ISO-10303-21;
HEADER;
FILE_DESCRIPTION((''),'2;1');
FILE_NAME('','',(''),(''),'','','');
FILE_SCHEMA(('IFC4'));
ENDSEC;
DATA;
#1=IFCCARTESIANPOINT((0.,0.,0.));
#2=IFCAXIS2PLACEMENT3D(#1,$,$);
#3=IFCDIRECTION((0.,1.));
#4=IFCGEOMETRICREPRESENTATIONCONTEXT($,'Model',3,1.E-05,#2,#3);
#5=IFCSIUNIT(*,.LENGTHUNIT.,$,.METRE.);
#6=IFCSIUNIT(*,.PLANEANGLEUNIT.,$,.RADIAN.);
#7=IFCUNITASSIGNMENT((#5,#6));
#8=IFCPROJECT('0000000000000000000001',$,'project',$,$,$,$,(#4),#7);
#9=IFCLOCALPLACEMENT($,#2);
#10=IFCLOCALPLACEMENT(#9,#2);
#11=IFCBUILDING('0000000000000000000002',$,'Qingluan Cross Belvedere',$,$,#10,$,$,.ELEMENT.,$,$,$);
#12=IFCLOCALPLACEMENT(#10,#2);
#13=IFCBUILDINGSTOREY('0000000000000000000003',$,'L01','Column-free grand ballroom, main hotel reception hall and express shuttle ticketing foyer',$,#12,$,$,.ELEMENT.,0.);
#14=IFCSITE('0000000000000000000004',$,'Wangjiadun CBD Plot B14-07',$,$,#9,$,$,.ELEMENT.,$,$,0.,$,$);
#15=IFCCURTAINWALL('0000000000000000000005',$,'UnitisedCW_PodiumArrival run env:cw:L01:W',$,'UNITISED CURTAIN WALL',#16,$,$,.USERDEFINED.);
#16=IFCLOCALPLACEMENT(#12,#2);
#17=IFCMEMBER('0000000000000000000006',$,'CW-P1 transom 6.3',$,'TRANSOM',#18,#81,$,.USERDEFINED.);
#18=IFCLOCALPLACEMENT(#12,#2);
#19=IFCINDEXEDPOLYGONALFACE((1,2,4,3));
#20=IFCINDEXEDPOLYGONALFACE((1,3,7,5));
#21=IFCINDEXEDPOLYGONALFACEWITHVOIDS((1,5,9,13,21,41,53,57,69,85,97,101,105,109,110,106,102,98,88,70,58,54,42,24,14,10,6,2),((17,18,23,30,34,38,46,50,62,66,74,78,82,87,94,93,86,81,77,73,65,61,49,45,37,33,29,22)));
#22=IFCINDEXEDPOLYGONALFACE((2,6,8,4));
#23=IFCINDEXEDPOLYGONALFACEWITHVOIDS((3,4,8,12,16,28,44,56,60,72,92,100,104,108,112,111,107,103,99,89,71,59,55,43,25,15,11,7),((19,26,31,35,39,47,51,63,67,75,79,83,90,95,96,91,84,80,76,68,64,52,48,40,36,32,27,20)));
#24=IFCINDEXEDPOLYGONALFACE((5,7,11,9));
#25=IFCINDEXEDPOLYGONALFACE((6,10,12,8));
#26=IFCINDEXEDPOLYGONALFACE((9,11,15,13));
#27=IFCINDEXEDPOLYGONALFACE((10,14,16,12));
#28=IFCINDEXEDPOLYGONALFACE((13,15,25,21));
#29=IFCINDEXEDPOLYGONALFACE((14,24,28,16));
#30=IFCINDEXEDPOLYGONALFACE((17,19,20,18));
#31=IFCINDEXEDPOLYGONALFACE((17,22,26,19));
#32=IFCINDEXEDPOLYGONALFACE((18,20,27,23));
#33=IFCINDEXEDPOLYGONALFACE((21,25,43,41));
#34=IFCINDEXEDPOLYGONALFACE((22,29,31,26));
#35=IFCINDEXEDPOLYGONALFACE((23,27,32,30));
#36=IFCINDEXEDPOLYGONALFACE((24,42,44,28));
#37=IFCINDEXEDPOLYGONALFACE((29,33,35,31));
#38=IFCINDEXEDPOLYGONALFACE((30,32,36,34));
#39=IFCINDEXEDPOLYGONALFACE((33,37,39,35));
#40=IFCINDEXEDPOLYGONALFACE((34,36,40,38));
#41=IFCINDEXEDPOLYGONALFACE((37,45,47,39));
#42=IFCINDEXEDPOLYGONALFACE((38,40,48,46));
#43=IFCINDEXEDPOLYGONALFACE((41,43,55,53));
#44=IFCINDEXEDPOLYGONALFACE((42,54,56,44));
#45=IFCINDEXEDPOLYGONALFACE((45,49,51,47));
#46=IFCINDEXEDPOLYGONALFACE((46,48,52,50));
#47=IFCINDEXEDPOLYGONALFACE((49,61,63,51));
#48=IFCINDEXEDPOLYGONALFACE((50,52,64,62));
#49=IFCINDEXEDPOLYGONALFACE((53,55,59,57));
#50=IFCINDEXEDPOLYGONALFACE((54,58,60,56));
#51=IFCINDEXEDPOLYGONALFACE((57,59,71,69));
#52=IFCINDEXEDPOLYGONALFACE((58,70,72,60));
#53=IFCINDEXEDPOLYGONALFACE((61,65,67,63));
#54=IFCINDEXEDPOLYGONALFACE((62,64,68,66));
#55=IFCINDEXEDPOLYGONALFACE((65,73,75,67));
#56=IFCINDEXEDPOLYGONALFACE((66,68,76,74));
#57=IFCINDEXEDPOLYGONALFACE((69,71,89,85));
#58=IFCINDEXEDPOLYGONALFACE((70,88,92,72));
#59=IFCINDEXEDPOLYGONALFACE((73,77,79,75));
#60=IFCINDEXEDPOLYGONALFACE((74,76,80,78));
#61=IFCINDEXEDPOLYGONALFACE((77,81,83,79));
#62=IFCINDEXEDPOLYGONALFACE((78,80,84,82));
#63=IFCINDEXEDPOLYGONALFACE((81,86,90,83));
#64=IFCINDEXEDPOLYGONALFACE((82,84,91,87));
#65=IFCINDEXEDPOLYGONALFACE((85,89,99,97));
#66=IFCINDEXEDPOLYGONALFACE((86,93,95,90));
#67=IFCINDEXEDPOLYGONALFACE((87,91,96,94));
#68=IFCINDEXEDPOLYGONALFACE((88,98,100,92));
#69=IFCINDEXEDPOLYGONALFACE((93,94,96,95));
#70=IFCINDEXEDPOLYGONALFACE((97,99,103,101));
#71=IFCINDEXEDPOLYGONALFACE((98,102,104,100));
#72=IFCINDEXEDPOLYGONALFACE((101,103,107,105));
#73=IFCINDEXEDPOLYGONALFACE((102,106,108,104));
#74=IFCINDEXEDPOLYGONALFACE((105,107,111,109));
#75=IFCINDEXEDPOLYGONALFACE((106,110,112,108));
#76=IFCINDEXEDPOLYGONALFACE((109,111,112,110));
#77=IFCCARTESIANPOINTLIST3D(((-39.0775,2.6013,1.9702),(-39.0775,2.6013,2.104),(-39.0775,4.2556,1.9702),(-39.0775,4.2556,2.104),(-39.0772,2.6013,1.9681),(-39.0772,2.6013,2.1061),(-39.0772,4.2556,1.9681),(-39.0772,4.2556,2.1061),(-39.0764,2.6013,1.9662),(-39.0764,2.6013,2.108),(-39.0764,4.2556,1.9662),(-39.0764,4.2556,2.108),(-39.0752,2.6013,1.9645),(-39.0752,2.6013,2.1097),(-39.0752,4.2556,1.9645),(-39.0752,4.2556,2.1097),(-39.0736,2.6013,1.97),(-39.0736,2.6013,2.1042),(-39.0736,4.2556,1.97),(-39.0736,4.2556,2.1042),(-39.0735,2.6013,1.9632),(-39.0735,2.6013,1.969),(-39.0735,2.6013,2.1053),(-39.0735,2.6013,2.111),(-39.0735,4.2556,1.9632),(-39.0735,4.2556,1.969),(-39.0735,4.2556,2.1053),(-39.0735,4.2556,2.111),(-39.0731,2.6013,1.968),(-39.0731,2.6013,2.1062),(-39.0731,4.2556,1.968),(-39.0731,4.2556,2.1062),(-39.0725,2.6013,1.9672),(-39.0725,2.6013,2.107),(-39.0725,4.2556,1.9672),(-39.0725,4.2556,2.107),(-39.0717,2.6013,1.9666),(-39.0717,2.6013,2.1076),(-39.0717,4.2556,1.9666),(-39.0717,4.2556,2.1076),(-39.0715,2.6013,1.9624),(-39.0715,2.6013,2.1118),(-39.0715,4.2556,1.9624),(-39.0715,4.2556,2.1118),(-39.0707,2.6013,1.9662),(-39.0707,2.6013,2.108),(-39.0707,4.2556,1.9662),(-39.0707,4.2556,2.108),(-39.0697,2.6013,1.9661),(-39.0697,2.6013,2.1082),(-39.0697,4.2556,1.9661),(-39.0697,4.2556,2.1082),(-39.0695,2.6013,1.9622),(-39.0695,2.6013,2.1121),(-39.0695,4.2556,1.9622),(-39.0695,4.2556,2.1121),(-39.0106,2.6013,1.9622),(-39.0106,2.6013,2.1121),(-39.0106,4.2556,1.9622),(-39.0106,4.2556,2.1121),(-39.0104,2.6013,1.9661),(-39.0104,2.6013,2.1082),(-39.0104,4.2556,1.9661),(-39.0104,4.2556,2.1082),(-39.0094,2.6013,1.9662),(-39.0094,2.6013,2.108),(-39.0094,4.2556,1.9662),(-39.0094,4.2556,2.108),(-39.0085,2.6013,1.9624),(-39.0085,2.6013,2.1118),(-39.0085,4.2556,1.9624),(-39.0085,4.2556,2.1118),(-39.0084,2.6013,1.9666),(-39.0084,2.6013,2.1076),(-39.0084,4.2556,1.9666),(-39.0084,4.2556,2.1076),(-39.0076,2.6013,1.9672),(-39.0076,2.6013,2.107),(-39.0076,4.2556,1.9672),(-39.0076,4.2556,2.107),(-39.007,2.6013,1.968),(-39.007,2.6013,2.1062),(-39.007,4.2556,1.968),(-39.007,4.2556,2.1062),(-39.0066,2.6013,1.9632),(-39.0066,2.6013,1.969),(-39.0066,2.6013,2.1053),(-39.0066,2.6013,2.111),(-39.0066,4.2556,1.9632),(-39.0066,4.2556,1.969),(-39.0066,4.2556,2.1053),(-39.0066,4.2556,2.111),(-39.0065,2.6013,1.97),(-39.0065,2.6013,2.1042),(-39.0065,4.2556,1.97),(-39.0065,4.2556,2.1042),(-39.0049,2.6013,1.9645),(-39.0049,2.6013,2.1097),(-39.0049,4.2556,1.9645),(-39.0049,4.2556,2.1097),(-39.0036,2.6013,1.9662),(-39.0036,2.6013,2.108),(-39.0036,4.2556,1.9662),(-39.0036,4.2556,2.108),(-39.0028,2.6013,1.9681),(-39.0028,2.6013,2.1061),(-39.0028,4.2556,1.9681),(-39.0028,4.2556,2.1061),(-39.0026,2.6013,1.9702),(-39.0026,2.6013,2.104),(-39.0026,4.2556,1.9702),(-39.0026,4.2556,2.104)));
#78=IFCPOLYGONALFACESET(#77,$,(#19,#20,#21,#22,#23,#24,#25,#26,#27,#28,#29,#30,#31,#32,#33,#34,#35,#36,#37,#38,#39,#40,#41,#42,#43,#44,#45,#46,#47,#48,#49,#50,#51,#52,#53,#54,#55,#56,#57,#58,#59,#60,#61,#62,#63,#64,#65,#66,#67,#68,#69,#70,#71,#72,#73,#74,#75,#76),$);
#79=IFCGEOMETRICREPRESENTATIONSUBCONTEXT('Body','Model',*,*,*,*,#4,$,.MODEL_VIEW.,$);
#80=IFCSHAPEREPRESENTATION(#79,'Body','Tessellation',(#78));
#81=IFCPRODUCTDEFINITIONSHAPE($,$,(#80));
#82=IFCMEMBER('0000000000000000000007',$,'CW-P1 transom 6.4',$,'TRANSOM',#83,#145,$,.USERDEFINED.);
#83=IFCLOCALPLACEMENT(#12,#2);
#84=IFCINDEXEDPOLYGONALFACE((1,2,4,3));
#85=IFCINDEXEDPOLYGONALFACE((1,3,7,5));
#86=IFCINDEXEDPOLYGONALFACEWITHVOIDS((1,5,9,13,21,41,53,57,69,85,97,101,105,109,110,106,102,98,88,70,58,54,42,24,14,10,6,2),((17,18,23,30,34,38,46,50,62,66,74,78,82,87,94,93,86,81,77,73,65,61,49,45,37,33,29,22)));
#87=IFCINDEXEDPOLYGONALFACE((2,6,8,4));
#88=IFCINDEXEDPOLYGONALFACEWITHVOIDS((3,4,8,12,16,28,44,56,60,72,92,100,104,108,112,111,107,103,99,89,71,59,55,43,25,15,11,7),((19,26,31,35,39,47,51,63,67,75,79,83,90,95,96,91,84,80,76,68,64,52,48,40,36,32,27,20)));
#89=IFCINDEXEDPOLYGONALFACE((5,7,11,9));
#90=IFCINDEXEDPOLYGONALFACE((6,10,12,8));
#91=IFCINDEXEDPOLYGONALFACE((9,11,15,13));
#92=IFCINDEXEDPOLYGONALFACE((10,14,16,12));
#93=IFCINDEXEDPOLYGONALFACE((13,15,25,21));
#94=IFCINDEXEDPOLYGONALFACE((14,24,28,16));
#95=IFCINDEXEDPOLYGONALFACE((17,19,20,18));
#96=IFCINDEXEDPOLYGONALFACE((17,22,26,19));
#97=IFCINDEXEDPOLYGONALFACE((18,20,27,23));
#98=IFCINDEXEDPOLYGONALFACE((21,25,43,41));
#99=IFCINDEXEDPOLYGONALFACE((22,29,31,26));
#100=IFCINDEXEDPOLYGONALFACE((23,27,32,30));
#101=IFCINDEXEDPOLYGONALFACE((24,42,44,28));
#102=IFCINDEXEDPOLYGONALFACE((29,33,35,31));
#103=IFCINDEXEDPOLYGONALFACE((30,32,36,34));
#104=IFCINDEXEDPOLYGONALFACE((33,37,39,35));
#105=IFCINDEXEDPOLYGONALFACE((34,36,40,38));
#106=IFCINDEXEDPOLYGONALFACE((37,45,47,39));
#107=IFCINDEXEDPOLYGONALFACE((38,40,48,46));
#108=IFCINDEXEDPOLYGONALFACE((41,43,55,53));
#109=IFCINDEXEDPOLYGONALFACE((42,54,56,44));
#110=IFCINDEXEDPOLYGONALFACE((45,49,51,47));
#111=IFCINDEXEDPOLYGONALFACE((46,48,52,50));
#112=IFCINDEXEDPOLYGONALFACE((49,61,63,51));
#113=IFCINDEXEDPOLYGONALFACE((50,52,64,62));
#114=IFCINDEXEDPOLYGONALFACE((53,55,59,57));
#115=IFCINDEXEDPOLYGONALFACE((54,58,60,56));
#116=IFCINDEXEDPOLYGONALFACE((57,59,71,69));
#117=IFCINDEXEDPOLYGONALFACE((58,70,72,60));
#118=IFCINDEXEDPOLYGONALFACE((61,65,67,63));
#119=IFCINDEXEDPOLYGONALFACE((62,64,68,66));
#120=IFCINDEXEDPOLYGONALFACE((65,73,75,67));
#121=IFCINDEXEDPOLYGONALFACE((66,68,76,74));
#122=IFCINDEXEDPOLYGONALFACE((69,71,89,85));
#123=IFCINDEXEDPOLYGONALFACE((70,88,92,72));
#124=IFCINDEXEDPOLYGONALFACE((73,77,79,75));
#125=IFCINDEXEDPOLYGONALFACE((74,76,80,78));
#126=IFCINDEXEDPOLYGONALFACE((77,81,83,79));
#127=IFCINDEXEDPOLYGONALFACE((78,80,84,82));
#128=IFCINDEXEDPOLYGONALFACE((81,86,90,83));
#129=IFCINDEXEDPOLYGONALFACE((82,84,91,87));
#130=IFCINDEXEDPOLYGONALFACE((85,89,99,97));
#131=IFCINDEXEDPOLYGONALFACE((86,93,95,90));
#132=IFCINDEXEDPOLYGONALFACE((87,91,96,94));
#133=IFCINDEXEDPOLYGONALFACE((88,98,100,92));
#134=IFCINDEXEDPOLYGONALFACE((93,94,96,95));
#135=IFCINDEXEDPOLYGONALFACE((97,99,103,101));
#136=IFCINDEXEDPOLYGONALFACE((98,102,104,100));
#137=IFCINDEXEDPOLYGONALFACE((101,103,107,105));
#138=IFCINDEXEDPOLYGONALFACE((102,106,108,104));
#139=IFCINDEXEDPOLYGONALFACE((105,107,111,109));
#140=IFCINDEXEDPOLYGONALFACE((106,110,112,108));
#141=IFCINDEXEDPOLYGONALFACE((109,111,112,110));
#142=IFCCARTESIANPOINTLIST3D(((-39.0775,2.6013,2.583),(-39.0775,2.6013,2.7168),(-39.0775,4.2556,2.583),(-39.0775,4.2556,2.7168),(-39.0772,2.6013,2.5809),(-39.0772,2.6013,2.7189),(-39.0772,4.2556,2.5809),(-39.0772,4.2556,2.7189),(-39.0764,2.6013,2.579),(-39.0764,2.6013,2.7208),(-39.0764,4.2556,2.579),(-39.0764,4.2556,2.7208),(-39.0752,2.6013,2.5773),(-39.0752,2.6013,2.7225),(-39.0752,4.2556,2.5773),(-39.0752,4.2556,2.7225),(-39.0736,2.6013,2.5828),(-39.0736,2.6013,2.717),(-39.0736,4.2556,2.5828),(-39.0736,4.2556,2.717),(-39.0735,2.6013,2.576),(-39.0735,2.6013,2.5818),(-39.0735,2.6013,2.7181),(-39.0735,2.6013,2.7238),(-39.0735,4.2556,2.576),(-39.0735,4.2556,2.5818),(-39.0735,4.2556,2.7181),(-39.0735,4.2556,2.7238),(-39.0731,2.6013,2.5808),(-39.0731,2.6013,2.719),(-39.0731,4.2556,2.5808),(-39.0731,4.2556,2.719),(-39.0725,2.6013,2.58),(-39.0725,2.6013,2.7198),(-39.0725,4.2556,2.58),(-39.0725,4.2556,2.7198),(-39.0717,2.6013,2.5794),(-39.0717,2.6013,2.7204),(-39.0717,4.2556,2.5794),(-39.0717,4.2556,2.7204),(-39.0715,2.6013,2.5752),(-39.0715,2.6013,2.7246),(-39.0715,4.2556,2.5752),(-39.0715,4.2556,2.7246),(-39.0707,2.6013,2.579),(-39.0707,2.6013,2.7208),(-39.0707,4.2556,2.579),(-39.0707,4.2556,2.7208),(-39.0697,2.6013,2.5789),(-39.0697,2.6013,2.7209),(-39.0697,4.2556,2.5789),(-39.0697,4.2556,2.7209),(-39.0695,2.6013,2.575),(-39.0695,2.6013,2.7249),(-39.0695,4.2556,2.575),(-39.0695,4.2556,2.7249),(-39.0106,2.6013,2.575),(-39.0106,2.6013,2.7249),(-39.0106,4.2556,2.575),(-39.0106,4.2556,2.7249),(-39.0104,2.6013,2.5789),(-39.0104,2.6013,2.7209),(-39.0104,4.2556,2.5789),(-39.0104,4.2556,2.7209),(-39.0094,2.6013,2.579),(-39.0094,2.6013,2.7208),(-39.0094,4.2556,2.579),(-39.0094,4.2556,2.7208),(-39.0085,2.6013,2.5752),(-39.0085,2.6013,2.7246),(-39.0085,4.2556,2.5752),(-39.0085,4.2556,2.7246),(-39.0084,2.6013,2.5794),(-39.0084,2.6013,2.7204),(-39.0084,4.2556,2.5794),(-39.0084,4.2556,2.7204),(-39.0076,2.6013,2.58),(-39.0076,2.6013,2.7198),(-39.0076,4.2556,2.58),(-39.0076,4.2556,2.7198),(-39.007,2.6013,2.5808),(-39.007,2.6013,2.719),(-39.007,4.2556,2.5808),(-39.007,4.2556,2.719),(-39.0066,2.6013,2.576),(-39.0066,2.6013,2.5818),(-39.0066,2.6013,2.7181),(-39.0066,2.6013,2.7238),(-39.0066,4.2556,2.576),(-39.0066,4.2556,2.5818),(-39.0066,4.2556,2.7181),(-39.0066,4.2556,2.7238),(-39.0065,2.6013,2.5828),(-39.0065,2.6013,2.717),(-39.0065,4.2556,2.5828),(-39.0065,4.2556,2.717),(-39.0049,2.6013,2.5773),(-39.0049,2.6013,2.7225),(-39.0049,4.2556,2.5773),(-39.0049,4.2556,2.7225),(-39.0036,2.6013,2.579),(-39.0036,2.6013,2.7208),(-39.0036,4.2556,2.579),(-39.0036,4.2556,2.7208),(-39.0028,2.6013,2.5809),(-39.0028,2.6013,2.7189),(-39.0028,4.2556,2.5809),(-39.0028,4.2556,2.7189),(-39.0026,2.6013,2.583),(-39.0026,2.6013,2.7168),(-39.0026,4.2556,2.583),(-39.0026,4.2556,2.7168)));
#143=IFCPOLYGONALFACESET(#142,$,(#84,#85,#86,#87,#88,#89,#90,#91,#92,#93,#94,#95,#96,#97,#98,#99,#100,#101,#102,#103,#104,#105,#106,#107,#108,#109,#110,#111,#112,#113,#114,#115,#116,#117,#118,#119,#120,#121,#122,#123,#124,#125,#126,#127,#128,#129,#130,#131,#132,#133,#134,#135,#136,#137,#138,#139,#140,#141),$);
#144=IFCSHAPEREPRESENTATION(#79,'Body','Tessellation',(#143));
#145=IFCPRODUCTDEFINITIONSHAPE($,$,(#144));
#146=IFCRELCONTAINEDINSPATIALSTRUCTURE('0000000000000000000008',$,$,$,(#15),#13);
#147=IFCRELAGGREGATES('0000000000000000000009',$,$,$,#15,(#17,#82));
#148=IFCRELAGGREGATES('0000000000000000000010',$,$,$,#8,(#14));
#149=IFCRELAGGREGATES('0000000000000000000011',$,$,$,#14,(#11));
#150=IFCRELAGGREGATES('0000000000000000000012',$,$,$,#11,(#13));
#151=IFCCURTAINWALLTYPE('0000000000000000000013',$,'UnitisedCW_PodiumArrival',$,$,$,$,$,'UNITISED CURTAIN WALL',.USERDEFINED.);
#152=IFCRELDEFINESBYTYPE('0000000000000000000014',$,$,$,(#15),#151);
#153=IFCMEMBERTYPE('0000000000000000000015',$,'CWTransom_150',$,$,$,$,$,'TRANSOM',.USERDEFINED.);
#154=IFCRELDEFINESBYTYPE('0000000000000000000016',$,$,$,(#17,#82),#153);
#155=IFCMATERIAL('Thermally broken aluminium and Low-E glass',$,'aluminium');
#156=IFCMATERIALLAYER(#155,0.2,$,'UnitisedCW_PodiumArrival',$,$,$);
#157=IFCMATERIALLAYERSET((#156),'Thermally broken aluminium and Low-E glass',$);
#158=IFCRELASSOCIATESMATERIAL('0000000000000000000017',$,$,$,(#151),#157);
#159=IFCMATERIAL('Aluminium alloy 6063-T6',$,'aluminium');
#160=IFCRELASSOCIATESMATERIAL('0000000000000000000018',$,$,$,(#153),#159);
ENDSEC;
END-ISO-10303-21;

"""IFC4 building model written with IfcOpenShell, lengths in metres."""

from ifc_helpers import new_model, si_unit, direction, frame, origin, origin_2d, place, context, subcontext, project, spatial, hollow_rectangle, extrude, material, layer, layer_set, material_profile, profile_set, type_object, element, aggregate, save


model = new_model("IFC4")

# Units and contexts
model_context = context("Model", 3, precision=1e-05, world=origin(), true_north=direction((0.0, 1.0)))
body_context = subcontext(model_context, "Body", "Model", "MODEL_VIEW")
ifc_project = project(units=[si_unit("LENGTHUNIT", "METRE"), si_unit("PLANEANGLEUNIT", "RADIAN")], contexts=[model_context])

# Site, building, storey
site_placement = place(None, origin())
site = spatial("IfcSite", under=ifc_project, at=site_placement, Name="Wangjiadun CBD Plot B14-07", CompositionType="ELEMENT", RefElevation=0.0)
building_placement = place(site_placement, origin())
building = spatial("IfcBuilding", under=site, at=building_placement, Name="Qingluan Cross Belvedere", CompositionType="ELEMENT")
storey_placement = place(building_placement, origin())
storey = spatial("IfcBuildingStorey", under=building, at=storey_placement, Name="L01", Description="Column-free grand ballroom, main hotel reception hall and express shuttle ticketing foyer", CompositionType="ELEMENT", Elevation=0.0)

# Curtain wall, members
ifc_material_1 = material(Name="Thermally broken aluminium and Low-E glass", Category="aluminium")
ifc_layer_1 = layer(ifc_material_1, 0.2, Name="UnitisedCW_PodiumArrival")
ifc_layer_set_1 = layer_set([ifc_layer_1], Name="Thermally broken aluminium and Low-E glass")
curtain_wall_type = type_object("IfcCurtainWallType", Name="UnitisedCW_PodiumArrival", ElementType="UNITISED CURTAIN WALL", PredefinedType="USERDEFINED", material=ifc_layer_set_1)
curtain_wall_placement = place(storey_placement, origin())
curtain_wall = element("IfcCurtainWall", 1, at=curtain_wall_placement, inside=storey, type_object=curtain_wall_type, Name="UnitisedCW_PodiumArrival run env:cw:L01:W", ObjectType="UNITISED CURTAIN WALL", PredefinedType="USERDEFINED")
ifc_material_2 = material(Name="Aluminium alloy 6063-T6", Category="aluminium")
ifc_material_profile_1 = material_profile(ifc_material_2, hollow_rectangle(XDim=0.075, YDim=0.1499, WallThickness=0.0039, InnerFilletRadius=0.0039, OuterFilletRadius=0.0081, at=origin_2d()), Name="CWT150x75x4")
ifc_profile_set_1 = profile_set([ifc_material_profile_1], Name="Aluminium alloy 6063-T6")
member_type_1 = type_object("IfcMemberType", Name="CWTransom_150", ElementType="TRANSOM", PredefinedType="USERDEFINED", material=ifc_profile_set_1)
member_1_placement = place(storey_placement, frame((-39.04, 2.6013, 2.0371), z_axis=(0.0, 1.0, 0.0), x_axis=(-1.0, 0.0, 0.0)))
member_1 = element("IfcMember", 2, at=member_1_placement, type_object=member_type_1, Name="CW-P1 transom 6.3", ObjectType="TRANSOM", PredefinedType="USERDEFINED", context=body_context, shape_type="SweptSolid", body=[
    extrude(hollow_rectangle(XDim=0.075, YDim=0.1499, WallThickness=0.0039, InnerFilletRadius=0.0039, OuterFilletRadius=0.0081, at=origin_2d()), origin(), (0.0, 0.0, 1.0), 1.6543),
])
member_2_placement = place(storey_placement, frame((-39.04, 2.6013, 2.6499), z_axis=(0.0, 1.0, 0.0), x_axis=(-1.0, 0.0, 0.0)))
member_2 = element("IfcMember", 3, at=member_2_placement, type_object=member_type_1, Name="CW-P1 transom 6.4", ObjectType="TRANSOM", PredefinedType="USERDEFINED", context=body_context, shape_type="SweptSolid", body=[
    extrude(hollow_rectangle(XDim=0.075, YDim=0.1499, WallThickness=0.0039, InnerFilletRadius=0.0039, OuterFilletRadius=0.0081, at=origin_2d()), origin(), (0.0, 0.0, 1.0), 1.6543),
])

aggregate(curtain_wall, [member_1, member_2])

save(model, "model.ifc")
